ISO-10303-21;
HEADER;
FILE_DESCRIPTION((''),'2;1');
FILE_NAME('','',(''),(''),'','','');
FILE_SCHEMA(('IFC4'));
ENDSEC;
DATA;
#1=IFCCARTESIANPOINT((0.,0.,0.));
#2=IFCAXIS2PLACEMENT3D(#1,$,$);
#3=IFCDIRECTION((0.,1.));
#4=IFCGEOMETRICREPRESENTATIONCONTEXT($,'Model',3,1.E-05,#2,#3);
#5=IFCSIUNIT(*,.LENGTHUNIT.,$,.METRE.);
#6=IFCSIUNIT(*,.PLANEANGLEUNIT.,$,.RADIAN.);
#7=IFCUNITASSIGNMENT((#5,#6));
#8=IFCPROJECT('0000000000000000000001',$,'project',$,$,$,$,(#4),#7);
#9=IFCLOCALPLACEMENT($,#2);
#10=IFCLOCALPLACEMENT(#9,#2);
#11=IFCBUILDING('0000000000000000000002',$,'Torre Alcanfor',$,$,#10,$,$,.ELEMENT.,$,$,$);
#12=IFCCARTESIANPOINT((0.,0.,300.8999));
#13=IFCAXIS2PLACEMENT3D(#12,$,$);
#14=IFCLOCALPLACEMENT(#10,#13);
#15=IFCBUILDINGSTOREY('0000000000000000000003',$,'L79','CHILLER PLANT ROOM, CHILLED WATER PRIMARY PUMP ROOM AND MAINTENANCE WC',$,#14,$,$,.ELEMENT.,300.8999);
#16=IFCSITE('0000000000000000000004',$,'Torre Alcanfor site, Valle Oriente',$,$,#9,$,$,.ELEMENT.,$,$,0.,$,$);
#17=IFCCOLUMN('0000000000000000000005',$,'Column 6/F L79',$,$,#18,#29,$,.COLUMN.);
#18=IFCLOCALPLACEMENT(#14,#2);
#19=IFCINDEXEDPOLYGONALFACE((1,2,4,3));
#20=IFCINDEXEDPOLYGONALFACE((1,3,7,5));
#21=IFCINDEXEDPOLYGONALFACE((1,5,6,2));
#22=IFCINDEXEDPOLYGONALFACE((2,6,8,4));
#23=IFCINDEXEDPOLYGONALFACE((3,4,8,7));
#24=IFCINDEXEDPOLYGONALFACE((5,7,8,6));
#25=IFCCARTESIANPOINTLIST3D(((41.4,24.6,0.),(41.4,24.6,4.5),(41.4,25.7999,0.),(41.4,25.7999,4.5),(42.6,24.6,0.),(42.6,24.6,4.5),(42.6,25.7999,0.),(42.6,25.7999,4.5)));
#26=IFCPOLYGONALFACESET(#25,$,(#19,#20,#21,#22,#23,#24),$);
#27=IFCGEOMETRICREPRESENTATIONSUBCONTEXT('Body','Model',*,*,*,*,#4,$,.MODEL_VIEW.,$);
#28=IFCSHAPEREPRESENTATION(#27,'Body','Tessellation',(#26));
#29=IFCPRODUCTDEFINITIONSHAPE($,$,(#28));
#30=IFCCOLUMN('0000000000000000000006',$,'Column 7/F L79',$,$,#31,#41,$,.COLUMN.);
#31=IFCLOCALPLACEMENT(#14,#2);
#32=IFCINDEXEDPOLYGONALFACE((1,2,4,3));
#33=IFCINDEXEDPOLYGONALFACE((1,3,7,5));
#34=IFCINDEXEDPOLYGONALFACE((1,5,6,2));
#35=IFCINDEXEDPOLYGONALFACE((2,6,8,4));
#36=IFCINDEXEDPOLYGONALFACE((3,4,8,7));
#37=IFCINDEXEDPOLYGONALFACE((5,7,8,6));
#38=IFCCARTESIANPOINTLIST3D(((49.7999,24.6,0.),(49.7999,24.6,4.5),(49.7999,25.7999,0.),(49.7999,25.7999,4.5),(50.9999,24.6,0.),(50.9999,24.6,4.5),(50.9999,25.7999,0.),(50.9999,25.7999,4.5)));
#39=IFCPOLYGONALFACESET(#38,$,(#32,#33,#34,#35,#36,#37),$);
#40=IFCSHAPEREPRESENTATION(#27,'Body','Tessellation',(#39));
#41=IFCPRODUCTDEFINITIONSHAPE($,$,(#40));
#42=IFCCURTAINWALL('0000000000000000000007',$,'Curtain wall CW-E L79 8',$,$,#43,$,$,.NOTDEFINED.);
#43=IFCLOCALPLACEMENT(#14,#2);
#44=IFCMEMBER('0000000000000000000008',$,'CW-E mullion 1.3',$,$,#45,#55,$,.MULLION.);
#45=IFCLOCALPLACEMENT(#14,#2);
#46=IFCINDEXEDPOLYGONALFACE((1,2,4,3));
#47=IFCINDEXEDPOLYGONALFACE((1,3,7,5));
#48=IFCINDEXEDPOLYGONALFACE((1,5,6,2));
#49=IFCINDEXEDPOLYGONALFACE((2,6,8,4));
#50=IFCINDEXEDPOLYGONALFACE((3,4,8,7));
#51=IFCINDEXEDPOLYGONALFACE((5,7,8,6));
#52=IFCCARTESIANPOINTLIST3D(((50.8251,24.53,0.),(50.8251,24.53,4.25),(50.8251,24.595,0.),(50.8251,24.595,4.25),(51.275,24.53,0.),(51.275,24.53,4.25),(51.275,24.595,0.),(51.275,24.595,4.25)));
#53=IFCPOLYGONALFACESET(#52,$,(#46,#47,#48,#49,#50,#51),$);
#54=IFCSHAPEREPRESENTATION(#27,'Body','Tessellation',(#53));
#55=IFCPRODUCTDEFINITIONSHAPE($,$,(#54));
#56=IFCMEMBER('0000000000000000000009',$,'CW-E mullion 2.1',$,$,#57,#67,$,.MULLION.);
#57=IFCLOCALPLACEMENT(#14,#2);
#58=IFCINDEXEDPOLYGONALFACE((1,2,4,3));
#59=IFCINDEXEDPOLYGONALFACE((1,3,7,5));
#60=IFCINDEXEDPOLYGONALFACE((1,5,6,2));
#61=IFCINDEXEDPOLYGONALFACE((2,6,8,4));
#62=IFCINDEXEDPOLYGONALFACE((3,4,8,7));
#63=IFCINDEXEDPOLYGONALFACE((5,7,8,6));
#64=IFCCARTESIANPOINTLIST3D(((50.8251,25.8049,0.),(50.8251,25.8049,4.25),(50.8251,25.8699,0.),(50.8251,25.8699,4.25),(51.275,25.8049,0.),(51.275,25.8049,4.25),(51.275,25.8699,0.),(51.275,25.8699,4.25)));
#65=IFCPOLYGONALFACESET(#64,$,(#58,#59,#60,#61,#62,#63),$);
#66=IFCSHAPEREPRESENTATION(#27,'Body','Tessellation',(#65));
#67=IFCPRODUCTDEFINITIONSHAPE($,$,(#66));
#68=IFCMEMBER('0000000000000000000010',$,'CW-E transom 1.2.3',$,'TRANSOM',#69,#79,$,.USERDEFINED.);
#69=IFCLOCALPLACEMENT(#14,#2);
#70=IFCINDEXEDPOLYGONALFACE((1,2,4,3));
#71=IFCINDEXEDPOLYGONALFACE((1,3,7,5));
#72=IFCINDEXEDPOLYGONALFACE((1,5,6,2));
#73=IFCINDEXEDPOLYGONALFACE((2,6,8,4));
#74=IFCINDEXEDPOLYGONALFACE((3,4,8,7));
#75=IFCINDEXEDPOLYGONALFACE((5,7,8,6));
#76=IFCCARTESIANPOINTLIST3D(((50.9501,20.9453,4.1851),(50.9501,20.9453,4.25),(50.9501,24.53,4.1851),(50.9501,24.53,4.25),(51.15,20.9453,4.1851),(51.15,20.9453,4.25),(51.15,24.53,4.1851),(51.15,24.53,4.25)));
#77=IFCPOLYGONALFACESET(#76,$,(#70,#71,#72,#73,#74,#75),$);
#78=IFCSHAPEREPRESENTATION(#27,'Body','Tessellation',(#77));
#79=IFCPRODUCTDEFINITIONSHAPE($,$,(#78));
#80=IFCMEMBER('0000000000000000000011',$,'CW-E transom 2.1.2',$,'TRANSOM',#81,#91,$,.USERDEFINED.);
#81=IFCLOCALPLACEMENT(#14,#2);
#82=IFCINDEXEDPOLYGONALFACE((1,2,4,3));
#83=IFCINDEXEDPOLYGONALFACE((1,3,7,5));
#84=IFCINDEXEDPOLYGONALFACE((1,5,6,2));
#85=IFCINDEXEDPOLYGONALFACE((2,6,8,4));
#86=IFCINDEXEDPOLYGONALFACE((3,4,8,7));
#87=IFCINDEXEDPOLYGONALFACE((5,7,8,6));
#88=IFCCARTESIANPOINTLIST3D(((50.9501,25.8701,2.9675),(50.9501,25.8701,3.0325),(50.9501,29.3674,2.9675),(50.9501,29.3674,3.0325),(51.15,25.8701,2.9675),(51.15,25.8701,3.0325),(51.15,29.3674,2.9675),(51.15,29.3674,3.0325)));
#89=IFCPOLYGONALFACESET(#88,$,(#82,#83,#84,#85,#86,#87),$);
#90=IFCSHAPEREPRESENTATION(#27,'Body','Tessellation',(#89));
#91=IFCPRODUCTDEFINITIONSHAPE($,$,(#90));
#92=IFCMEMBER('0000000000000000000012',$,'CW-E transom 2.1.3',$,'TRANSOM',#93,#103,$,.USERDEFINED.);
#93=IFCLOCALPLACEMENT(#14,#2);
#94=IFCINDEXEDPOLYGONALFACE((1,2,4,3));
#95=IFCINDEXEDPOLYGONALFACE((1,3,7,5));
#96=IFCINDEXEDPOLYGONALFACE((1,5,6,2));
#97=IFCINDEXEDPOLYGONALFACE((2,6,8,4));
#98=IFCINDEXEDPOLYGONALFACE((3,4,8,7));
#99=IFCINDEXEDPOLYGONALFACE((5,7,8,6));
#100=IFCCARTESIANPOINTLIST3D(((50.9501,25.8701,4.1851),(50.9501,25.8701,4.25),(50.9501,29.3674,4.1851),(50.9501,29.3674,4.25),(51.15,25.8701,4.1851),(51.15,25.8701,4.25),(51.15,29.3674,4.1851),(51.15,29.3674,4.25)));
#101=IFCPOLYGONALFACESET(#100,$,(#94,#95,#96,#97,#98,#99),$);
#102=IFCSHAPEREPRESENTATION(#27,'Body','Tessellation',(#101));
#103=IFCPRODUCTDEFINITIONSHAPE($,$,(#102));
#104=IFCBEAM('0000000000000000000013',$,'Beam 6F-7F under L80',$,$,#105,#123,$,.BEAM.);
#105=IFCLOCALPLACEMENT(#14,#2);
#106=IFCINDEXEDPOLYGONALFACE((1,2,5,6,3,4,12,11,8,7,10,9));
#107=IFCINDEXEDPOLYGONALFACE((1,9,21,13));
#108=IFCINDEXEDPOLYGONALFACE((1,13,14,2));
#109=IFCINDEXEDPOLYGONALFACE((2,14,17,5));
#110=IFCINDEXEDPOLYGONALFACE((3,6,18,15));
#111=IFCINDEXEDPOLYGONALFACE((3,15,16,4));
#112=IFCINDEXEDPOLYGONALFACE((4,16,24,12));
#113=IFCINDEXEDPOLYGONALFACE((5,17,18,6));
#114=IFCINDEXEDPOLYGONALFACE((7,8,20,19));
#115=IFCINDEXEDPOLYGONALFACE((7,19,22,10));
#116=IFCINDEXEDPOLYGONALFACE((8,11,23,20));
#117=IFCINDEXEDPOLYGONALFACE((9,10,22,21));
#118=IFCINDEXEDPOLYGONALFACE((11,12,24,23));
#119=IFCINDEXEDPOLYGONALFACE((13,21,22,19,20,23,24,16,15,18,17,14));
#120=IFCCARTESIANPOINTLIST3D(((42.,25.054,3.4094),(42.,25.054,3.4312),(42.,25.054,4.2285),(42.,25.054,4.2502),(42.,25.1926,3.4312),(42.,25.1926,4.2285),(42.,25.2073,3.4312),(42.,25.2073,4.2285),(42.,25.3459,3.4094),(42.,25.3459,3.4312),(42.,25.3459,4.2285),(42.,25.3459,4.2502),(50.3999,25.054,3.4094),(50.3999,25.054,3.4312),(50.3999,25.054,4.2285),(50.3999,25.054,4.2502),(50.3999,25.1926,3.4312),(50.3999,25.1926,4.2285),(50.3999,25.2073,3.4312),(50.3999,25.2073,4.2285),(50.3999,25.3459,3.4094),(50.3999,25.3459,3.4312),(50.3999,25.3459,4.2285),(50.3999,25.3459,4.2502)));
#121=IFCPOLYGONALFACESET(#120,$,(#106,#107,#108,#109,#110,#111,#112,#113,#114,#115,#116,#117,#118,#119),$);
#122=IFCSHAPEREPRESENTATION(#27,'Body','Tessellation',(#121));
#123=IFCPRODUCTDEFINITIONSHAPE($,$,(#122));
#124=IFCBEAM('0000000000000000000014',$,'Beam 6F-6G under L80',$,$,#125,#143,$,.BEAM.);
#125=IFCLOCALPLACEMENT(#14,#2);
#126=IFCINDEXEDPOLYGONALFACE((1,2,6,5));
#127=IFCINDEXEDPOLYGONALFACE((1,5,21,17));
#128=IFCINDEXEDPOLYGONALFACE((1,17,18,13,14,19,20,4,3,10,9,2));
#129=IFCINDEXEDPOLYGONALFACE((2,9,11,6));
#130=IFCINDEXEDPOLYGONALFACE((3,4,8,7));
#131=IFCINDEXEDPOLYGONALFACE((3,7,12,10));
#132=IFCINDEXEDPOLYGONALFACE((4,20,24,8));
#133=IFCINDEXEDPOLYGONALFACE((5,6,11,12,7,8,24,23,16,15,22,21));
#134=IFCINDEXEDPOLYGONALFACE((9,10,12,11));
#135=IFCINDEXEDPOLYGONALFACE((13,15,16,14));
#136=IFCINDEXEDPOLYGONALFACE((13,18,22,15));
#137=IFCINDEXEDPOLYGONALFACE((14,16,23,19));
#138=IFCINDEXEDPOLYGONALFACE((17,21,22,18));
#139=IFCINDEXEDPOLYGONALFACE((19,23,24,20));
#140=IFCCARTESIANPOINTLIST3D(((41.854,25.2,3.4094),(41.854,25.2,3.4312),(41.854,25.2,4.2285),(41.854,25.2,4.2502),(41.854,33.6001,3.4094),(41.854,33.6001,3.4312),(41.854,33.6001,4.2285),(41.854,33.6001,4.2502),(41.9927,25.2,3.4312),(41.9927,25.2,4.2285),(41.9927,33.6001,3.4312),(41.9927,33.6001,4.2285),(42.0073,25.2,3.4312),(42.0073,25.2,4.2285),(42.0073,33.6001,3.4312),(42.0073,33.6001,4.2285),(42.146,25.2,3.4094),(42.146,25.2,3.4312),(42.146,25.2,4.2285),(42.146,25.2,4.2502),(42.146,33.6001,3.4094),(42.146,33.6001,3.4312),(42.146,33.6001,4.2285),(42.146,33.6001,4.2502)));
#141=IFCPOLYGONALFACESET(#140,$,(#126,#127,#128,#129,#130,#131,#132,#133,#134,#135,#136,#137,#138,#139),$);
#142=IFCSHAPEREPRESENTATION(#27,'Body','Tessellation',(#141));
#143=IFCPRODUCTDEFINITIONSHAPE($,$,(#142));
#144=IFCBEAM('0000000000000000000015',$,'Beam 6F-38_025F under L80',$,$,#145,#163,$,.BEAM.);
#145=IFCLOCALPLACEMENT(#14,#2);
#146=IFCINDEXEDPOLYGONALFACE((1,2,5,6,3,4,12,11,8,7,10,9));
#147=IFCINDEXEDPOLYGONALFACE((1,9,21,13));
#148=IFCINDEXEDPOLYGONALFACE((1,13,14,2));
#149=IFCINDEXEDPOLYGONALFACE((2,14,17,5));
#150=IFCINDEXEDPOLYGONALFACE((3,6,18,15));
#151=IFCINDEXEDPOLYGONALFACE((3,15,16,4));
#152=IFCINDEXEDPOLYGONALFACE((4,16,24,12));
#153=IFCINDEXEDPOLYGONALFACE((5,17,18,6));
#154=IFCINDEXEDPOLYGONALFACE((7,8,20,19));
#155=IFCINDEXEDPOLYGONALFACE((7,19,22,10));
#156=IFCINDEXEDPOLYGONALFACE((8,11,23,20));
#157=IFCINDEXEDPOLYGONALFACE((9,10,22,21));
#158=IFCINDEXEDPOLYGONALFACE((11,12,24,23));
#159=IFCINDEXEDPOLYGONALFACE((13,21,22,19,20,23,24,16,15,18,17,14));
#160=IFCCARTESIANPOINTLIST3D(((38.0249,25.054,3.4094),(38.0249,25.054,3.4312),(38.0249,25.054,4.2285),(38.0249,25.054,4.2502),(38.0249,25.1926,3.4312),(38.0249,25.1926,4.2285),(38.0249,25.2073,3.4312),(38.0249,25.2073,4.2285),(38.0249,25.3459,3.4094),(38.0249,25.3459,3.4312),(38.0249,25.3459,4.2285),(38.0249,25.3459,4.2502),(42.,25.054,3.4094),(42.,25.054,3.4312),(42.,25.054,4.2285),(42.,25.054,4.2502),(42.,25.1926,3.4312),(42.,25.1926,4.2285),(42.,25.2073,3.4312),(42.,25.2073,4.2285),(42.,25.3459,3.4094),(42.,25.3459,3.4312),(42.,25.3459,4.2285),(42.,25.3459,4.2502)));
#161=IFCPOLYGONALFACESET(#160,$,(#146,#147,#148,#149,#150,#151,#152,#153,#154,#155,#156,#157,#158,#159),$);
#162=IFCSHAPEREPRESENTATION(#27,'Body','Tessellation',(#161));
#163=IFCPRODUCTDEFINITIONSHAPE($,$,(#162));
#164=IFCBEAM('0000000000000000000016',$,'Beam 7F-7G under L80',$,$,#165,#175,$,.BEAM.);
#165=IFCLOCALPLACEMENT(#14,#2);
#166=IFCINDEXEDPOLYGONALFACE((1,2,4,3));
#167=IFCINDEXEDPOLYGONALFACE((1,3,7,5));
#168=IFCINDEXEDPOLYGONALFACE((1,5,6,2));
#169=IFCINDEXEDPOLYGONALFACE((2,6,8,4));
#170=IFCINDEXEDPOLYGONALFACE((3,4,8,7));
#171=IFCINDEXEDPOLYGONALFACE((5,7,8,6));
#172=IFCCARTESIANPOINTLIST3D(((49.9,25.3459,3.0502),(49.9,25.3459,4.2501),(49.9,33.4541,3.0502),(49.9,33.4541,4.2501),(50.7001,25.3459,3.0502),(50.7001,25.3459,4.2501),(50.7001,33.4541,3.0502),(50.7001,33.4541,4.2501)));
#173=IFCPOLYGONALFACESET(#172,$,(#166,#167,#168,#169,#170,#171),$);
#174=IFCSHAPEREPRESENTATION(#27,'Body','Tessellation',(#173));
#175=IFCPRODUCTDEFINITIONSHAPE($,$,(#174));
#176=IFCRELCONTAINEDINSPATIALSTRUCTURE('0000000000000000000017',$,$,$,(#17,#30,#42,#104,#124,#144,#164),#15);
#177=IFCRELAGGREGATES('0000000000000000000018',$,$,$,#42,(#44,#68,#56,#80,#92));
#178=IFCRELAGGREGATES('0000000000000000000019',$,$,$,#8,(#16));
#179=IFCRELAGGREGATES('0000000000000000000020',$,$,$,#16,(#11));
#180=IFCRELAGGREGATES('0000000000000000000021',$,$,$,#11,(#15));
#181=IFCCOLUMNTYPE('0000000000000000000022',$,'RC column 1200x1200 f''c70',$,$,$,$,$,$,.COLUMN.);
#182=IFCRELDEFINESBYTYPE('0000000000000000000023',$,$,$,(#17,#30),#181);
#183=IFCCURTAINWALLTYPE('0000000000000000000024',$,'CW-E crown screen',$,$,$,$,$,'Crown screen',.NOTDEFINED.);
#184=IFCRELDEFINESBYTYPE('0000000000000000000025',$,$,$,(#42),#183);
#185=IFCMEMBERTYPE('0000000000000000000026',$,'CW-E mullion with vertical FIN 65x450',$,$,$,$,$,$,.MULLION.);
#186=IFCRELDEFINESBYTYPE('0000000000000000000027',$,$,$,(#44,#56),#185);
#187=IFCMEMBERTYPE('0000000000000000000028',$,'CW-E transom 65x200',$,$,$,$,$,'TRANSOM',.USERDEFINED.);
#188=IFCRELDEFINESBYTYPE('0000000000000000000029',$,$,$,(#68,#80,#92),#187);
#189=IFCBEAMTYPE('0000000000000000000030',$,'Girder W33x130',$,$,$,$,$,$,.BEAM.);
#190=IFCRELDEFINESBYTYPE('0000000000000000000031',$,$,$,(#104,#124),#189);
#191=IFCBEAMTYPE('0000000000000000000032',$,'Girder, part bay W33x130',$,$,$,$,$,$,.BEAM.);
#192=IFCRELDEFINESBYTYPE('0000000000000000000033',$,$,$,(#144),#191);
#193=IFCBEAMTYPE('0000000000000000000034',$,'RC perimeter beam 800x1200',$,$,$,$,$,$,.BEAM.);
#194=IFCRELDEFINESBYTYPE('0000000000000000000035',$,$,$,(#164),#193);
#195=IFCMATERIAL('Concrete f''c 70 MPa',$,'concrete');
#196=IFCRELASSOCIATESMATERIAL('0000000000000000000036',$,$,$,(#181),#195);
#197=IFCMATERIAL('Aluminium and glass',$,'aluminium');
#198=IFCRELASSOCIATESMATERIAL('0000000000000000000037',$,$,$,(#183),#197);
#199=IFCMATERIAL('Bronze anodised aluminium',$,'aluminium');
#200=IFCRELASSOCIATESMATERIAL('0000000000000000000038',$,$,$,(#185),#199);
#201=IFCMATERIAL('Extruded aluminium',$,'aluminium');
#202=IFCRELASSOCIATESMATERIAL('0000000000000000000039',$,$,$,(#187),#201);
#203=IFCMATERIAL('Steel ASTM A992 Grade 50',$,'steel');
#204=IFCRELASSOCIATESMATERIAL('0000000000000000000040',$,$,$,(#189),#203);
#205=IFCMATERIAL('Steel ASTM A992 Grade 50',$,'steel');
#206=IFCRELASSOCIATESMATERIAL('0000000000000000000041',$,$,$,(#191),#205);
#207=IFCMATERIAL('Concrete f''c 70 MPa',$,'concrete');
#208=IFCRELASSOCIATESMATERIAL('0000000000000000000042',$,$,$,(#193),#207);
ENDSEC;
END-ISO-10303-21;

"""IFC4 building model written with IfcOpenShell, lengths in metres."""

from ifc_helpers import new_model, si_unit, direction, frame, origin, origin_2d, place, context, subcontext, project, spatial, rectangle, i_section, extrude, material, material_profile, profile_set, type_object, element, aggregate, save


model = new_model("IFC4")

# Units and contexts
model_context = context("Model", 3, precision=1e-05, world=origin(), true_north=direction((0.0, 1.0)))
body_context = subcontext(model_context, "Body", "Model", "MODEL_VIEW")
ifc_project = project(units=[si_unit("LENGTHUNIT", "METRE"), si_unit("PLANEANGLEUNIT", "RADIAN")], contexts=[model_context])

# Site, building, storey
site_placement = place(None, origin())
site = spatial("IfcSite", under=ifc_project, at=site_placement, Name="Torre Alcanfor site, Valle Oriente", CompositionType="ELEMENT", RefElevation=0.0)
building_placement = place(site_placement, origin())
building = spatial("IfcBuilding", under=site, at=building_placement, Name="Torre Alcanfor", CompositionType="ELEMENT")
storey_placement = place(building_placement, frame((0.0, 0.0, 300.8999)))
storey = spatial("IfcBuildingStorey", under=building, at=storey_placement, Name="L79", Description="CHILLER PLANT ROOM, CHILLED WATER PRIMARY PUMP ROOM AND MAINTENANCE WC", CompositionType="ELEMENT", Elevation=300.8999)

# Columns
ifc_material_1 = material(Name="Concrete f'c 70 MPa", Category="concrete")
ifc_material_profile_1 = material_profile(ifc_material_1, rectangle(XDim=1.2, YDim=1.2, at=origin_2d()), Name="1200x1200")
ifc_profile_set_1 = profile_set([ifc_material_profile_1], Name="Concrete f'c 70 MPa")
column_type = type_object("IfcColumnType", Name="RC column 1200x1200 f'c70", PredefinedType="COLUMN", material=ifc_profile_set_1)
for number, where, z_axis, x_axis, name in (
    (1, (42.0, 25.2, 0.0), (0.0, 0.0, 1.0), (1.0, 0.0, 0.0), "Column 6/F L79"),
    (2, (50.3999, 25.2, 0.0), (0.0, 0.0, 1.0), (1.0, 0.0, 0.0), "Column 7/F L79"),
):
    element("IfcColumn", number, at=place(storey_placement, frame(where, z_axis=z_axis, x_axis=x_axis)), inside=storey, type_object=column_type, Name=name, PredefinedType="COLUMN", context=body_context, shape_type="SweptSolid", body=[
        extrude(rectangle(XDim=1.2, YDim=1.2, at=origin_2d()), origin(), (0.0, 0.0, 1.0), 4.5),
    ])

# Curtain wall, members
ifc_material_2 = material(Name="Aluminium and glass", Category="aluminium")
curtain_wall_type = type_object("IfcCurtainWallType", Name="CW-E crown screen", ElementType="Crown screen", PredefinedType="NOTDEFINED", material=ifc_material_2)
curtain_wall_placement = place(storey_placement, origin())
curtain_wall = element("IfcCurtainWall", 3, at=curtain_wall_placement, inside=storey, type_object=curtain_wall_type, Name="Curtain wall CW-E L79 8", PredefinedType="NOTDEFINED")
ifc_material_3 = material(Name="Bronze anodised aluminium", Category="aluminium")
ifc_material_profile_2 = material_profile(ifc_material_3, rectangle(XDim=0.45, YDim=0.0649, at=origin_2d()), Name="CW-E mullion 65x450")
ifc_profile_set_2 = profile_set([ifc_material_profile_2], Name="Bronze anodised aluminium")
member_type_1 = type_object("IfcMemberType", Name="CW-E mullion with vertical FIN 65x450", PredefinedType="MULLION", material=ifc_profile_set_2)
member_1_placement = place(storey_placement, frame((51.05, 24.5625, 0.0), z_axis=(0.0, 0.0, 1.0), x_axis=(-1.0, 0.0, 0.0)))
member_1 = element("IfcMember", 4, at=member_1_placement, type_object=member_type_1, Name="CW-E mullion 1.3", PredefinedType="MULLION", context=body_context, shape_type="SweptSolid", body=[
    extrude(rectangle(XDim=0.45, YDim=0.0649, at=origin_2d()), origin(), (0.0, 0.0, 1.0), 4.25),
])
member_2_placement = place(storey_placement, frame((51.05, 25.8374, 0.0), z_axis=(0.0, 0.0, 1.0), x_axis=(-1.0, 0.0, 0.0)))
member_2 = element("IfcMember", 5, at=member_2_placement, type_object=member_type_1, Name="CW-E mullion 2.1", PredefinedType="MULLION", context=body_context, shape_type="SweptSolid", body=[
    extrude(rectangle(XDim=0.45, YDim=0.0649, at=origin_2d()), origin(), (0.0, 0.0, 1.0), 4.25),
])
ifc_material_4 = material(Name="Extruded aluminium", Category="aluminium")
ifc_material_profile_3 = material_profile(ifc_material_4, rectangle(XDim=0.2, YDim=0.0649, at=origin_2d()), Name="CW-E transom 200x65")
ifc_profile_set_3 = profile_set([ifc_material_profile_3], Name="Extruded aluminium")
member_type_2 = type_object("IfcMemberType", Name="CW-E transom 65x200", ElementType="TRANSOM", PredefinedType="USERDEFINED", material=ifc_profile_set_3)
member_3_placement = place(storey_placement, frame((51.05, 20.9453, 4.2175), z_axis=(0.0, 1.0, 0.0), x_axis=(-1.0, 0.0, 0.0)))
member_3 = element("IfcMember", 6, at=member_3_placement, type_object=member_type_2, Name="CW-E transom 1.2.3", ObjectType="TRANSOM", PredefinedType="USERDEFINED", context=body_context, shape_type="SweptSolid", body=[
    extrude(rectangle(XDim=0.2, YDim=0.0649, at=origin_2d()), origin(), (0.0, 0.0, 1.0), 3.5847),
])
member_4_placement = place(storey_placement, frame((51.05, 25.8701, 3.0), z_axis=(0.0, 1.0, 0.0), x_axis=(-1.0, 0.0, 0.0)))
member_4 = element("IfcMember", 7, at=member_4_placement, type_object=member_type_2, Name="CW-E transom 2.1.2", ObjectType="TRANSOM", PredefinedType="USERDEFINED", context=body_context, shape_type="SweptSolid", body=[
    extrude(rectangle(XDim=0.2, YDim=0.0649, at=origin_2d()), origin(), (0.0, 0.0, 1.0), 3.4973),
])
member_5_placement = place(storey_placement, frame((51.05, 25.8701, 4.2175), z_axis=(0.0, 1.0, 0.0), x_axis=(-1.0, 0.0, 0.0)))
member_5 = element("IfcMember", 8, at=member_5_placement, type_object=member_type_2, Name="CW-E transom 2.1.3", ObjectType="TRANSOM", PredefinedType="USERDEFINED", context=body_context, shape_type="SweptSolid", body=[
    extrude(rectangle(XDim=0.2, YDim=0.0649, at=origin_2d()), origin(), (0.0, 0.0, 1.0), 3.4973),
])

# Beams
ifc_material_5 = material(Name="Steel ASTM A992 Grade 50", Category="steel")
ifc_material_profile_4 = material_profile(ifc_material_5, i_section(OverallWidth=0.292, OverallDepth=0.8408, WebThickness=0.0146, FlangeThickness=0.0217, at=origin_2d()), Name="W33x130")
ifc_profile_set_4 = profile_set([ifc_material_profile_4], Name="Steel ASTM A992 Grade 50")
beam_type_1 = type_object("IfcBeamType", Name="Girder W33x130", PredefinedType="BEAM", material=ifc_profile_set_4)
beam_1_placement = place(storey_placement, frame((42.0, 25.2, 3.8298), z_axis=(1.0, 0.0, 0.0), x_axis=(0.0, 1.0, 0.0)))
element("IfcBeam", 9, at=beam_1_placement, inside=storey, type_object=beam_type_1, Name="Beam 6F-7F under L80", PredefinedType="BEAM", context=body_context, shape_type="SweptSolid", body=[
    extrude(i_section(OverallWidth=0.292, OverallDepth=0.8408, WebThickness=0.0146, FlangeThickness=0.0217, at=origin_2d()), origin(), (0.0, 0.0, 1.0), 8.3999),
])
beam_2_placement = place(storey_placement, frame((42.0, 25.2, 3.8298), z_axis=(0.0, 1.0, 0.0), x_axis=(-1.0, 0.0, 0.0)))
element("IfcBeam", 10, at=beam_2_placement, inside=storey, type_object=beam_type_1, Name="Beam 6F-6G under L80", PredefinedType="BEAM", context=body_context, shape_type="SweptSolid", body=[
    extrude(i_section(OverallWidth=0.292, OverallDepth=0.8408, WebThickness=0.0146, FlangeThickness=0.0217, at=origin_2d()), origin(), (0.0, 0.0, 1.0), 8.4001),
])
ifc_material_6 = material(Name="Steel ASTM A992 Grade 50", Category="steel")
ifc_material_profile_5 = material_profile(ifc_material_6, i_section(OverallWidth=0.292, OverallDepth=0.8408, WebThickness=0.0146, FlangeThickness=0.0217, at=origin_2d()), Name="W33x130")
ifc_profile_set_5 = profile_set([ifc_material_profile_5], Name="Steel ASTM A992 Grade 50")
beam_type_2 = type_object("IfcBeamType", Name="Girder, part bay W33x130", PredefinedType="BEAM", material=ifc_profile_set_5)
beam_3_placement = place(storey_placement, frame((42.0, 25.2, 3.8298), z_axis=(-1.0, 0.0, 0.0), x_axis=(0.0, -1.0, 0.0)))
element("IfcBeam", 11, at=beam_3_placement, inside=storey, type_object=beam_type_2, Name="Beam 6F-38_025F under L80", PredefinedType="BEAM", context=body_context, shape_type="SweptSolid", body=[
    extrude(i_section(OverallWidth=0.292, OverallDepth=0.8408, WebThickness=0.0146, FlangeThickness=0.0217, at=origin_2d()), origin(), (0.0, 0.0, 1.0), 3.9751),
])
ifc_material_7 = material(Name="Concrete f'c 70 MPa", Category="concrete")
ifc_material_profile_6 = material_profile(ifc_material_7, rectangle(XDim=0.8, YDim=1.2, at=origin_2d()), Name="800x1200")
ifc_profile_set_6 = profile_set([ifc_material_profile_6], Name="Concrete f'c 70 MPa")
beam_type_3 = type_object("IfcBeamType", Name="RC perimeter beam 800x1200", PredefinedType="BEAM", material=ifc_profile_set_6)
beam_4_placement = place(storey_placement, frame((50.3, 25.3459, 3.6501), z_axis=(0.0, 1.0, 0.0), x_axis=(-1.0, 0.0, 0.0)))
element("IfcBeam", 12, at=beam_4_placement, inside=storey, type_object=beam_type_3, Name="Beam 7F-7G under L80", PredefinedType="BEAM", context=body_context, shape_type="SweptSolid", body=[
    extrude(rectangle(XDim=0.8, YDim=1.2, at=origin_2d()), origin(), (0.0, 0.0, 1.0), 8.1082),
])

aggregate(curtain_wall, [member_1, member_3, member_2, member_4, member_5])

save(model, "model.ifc")
